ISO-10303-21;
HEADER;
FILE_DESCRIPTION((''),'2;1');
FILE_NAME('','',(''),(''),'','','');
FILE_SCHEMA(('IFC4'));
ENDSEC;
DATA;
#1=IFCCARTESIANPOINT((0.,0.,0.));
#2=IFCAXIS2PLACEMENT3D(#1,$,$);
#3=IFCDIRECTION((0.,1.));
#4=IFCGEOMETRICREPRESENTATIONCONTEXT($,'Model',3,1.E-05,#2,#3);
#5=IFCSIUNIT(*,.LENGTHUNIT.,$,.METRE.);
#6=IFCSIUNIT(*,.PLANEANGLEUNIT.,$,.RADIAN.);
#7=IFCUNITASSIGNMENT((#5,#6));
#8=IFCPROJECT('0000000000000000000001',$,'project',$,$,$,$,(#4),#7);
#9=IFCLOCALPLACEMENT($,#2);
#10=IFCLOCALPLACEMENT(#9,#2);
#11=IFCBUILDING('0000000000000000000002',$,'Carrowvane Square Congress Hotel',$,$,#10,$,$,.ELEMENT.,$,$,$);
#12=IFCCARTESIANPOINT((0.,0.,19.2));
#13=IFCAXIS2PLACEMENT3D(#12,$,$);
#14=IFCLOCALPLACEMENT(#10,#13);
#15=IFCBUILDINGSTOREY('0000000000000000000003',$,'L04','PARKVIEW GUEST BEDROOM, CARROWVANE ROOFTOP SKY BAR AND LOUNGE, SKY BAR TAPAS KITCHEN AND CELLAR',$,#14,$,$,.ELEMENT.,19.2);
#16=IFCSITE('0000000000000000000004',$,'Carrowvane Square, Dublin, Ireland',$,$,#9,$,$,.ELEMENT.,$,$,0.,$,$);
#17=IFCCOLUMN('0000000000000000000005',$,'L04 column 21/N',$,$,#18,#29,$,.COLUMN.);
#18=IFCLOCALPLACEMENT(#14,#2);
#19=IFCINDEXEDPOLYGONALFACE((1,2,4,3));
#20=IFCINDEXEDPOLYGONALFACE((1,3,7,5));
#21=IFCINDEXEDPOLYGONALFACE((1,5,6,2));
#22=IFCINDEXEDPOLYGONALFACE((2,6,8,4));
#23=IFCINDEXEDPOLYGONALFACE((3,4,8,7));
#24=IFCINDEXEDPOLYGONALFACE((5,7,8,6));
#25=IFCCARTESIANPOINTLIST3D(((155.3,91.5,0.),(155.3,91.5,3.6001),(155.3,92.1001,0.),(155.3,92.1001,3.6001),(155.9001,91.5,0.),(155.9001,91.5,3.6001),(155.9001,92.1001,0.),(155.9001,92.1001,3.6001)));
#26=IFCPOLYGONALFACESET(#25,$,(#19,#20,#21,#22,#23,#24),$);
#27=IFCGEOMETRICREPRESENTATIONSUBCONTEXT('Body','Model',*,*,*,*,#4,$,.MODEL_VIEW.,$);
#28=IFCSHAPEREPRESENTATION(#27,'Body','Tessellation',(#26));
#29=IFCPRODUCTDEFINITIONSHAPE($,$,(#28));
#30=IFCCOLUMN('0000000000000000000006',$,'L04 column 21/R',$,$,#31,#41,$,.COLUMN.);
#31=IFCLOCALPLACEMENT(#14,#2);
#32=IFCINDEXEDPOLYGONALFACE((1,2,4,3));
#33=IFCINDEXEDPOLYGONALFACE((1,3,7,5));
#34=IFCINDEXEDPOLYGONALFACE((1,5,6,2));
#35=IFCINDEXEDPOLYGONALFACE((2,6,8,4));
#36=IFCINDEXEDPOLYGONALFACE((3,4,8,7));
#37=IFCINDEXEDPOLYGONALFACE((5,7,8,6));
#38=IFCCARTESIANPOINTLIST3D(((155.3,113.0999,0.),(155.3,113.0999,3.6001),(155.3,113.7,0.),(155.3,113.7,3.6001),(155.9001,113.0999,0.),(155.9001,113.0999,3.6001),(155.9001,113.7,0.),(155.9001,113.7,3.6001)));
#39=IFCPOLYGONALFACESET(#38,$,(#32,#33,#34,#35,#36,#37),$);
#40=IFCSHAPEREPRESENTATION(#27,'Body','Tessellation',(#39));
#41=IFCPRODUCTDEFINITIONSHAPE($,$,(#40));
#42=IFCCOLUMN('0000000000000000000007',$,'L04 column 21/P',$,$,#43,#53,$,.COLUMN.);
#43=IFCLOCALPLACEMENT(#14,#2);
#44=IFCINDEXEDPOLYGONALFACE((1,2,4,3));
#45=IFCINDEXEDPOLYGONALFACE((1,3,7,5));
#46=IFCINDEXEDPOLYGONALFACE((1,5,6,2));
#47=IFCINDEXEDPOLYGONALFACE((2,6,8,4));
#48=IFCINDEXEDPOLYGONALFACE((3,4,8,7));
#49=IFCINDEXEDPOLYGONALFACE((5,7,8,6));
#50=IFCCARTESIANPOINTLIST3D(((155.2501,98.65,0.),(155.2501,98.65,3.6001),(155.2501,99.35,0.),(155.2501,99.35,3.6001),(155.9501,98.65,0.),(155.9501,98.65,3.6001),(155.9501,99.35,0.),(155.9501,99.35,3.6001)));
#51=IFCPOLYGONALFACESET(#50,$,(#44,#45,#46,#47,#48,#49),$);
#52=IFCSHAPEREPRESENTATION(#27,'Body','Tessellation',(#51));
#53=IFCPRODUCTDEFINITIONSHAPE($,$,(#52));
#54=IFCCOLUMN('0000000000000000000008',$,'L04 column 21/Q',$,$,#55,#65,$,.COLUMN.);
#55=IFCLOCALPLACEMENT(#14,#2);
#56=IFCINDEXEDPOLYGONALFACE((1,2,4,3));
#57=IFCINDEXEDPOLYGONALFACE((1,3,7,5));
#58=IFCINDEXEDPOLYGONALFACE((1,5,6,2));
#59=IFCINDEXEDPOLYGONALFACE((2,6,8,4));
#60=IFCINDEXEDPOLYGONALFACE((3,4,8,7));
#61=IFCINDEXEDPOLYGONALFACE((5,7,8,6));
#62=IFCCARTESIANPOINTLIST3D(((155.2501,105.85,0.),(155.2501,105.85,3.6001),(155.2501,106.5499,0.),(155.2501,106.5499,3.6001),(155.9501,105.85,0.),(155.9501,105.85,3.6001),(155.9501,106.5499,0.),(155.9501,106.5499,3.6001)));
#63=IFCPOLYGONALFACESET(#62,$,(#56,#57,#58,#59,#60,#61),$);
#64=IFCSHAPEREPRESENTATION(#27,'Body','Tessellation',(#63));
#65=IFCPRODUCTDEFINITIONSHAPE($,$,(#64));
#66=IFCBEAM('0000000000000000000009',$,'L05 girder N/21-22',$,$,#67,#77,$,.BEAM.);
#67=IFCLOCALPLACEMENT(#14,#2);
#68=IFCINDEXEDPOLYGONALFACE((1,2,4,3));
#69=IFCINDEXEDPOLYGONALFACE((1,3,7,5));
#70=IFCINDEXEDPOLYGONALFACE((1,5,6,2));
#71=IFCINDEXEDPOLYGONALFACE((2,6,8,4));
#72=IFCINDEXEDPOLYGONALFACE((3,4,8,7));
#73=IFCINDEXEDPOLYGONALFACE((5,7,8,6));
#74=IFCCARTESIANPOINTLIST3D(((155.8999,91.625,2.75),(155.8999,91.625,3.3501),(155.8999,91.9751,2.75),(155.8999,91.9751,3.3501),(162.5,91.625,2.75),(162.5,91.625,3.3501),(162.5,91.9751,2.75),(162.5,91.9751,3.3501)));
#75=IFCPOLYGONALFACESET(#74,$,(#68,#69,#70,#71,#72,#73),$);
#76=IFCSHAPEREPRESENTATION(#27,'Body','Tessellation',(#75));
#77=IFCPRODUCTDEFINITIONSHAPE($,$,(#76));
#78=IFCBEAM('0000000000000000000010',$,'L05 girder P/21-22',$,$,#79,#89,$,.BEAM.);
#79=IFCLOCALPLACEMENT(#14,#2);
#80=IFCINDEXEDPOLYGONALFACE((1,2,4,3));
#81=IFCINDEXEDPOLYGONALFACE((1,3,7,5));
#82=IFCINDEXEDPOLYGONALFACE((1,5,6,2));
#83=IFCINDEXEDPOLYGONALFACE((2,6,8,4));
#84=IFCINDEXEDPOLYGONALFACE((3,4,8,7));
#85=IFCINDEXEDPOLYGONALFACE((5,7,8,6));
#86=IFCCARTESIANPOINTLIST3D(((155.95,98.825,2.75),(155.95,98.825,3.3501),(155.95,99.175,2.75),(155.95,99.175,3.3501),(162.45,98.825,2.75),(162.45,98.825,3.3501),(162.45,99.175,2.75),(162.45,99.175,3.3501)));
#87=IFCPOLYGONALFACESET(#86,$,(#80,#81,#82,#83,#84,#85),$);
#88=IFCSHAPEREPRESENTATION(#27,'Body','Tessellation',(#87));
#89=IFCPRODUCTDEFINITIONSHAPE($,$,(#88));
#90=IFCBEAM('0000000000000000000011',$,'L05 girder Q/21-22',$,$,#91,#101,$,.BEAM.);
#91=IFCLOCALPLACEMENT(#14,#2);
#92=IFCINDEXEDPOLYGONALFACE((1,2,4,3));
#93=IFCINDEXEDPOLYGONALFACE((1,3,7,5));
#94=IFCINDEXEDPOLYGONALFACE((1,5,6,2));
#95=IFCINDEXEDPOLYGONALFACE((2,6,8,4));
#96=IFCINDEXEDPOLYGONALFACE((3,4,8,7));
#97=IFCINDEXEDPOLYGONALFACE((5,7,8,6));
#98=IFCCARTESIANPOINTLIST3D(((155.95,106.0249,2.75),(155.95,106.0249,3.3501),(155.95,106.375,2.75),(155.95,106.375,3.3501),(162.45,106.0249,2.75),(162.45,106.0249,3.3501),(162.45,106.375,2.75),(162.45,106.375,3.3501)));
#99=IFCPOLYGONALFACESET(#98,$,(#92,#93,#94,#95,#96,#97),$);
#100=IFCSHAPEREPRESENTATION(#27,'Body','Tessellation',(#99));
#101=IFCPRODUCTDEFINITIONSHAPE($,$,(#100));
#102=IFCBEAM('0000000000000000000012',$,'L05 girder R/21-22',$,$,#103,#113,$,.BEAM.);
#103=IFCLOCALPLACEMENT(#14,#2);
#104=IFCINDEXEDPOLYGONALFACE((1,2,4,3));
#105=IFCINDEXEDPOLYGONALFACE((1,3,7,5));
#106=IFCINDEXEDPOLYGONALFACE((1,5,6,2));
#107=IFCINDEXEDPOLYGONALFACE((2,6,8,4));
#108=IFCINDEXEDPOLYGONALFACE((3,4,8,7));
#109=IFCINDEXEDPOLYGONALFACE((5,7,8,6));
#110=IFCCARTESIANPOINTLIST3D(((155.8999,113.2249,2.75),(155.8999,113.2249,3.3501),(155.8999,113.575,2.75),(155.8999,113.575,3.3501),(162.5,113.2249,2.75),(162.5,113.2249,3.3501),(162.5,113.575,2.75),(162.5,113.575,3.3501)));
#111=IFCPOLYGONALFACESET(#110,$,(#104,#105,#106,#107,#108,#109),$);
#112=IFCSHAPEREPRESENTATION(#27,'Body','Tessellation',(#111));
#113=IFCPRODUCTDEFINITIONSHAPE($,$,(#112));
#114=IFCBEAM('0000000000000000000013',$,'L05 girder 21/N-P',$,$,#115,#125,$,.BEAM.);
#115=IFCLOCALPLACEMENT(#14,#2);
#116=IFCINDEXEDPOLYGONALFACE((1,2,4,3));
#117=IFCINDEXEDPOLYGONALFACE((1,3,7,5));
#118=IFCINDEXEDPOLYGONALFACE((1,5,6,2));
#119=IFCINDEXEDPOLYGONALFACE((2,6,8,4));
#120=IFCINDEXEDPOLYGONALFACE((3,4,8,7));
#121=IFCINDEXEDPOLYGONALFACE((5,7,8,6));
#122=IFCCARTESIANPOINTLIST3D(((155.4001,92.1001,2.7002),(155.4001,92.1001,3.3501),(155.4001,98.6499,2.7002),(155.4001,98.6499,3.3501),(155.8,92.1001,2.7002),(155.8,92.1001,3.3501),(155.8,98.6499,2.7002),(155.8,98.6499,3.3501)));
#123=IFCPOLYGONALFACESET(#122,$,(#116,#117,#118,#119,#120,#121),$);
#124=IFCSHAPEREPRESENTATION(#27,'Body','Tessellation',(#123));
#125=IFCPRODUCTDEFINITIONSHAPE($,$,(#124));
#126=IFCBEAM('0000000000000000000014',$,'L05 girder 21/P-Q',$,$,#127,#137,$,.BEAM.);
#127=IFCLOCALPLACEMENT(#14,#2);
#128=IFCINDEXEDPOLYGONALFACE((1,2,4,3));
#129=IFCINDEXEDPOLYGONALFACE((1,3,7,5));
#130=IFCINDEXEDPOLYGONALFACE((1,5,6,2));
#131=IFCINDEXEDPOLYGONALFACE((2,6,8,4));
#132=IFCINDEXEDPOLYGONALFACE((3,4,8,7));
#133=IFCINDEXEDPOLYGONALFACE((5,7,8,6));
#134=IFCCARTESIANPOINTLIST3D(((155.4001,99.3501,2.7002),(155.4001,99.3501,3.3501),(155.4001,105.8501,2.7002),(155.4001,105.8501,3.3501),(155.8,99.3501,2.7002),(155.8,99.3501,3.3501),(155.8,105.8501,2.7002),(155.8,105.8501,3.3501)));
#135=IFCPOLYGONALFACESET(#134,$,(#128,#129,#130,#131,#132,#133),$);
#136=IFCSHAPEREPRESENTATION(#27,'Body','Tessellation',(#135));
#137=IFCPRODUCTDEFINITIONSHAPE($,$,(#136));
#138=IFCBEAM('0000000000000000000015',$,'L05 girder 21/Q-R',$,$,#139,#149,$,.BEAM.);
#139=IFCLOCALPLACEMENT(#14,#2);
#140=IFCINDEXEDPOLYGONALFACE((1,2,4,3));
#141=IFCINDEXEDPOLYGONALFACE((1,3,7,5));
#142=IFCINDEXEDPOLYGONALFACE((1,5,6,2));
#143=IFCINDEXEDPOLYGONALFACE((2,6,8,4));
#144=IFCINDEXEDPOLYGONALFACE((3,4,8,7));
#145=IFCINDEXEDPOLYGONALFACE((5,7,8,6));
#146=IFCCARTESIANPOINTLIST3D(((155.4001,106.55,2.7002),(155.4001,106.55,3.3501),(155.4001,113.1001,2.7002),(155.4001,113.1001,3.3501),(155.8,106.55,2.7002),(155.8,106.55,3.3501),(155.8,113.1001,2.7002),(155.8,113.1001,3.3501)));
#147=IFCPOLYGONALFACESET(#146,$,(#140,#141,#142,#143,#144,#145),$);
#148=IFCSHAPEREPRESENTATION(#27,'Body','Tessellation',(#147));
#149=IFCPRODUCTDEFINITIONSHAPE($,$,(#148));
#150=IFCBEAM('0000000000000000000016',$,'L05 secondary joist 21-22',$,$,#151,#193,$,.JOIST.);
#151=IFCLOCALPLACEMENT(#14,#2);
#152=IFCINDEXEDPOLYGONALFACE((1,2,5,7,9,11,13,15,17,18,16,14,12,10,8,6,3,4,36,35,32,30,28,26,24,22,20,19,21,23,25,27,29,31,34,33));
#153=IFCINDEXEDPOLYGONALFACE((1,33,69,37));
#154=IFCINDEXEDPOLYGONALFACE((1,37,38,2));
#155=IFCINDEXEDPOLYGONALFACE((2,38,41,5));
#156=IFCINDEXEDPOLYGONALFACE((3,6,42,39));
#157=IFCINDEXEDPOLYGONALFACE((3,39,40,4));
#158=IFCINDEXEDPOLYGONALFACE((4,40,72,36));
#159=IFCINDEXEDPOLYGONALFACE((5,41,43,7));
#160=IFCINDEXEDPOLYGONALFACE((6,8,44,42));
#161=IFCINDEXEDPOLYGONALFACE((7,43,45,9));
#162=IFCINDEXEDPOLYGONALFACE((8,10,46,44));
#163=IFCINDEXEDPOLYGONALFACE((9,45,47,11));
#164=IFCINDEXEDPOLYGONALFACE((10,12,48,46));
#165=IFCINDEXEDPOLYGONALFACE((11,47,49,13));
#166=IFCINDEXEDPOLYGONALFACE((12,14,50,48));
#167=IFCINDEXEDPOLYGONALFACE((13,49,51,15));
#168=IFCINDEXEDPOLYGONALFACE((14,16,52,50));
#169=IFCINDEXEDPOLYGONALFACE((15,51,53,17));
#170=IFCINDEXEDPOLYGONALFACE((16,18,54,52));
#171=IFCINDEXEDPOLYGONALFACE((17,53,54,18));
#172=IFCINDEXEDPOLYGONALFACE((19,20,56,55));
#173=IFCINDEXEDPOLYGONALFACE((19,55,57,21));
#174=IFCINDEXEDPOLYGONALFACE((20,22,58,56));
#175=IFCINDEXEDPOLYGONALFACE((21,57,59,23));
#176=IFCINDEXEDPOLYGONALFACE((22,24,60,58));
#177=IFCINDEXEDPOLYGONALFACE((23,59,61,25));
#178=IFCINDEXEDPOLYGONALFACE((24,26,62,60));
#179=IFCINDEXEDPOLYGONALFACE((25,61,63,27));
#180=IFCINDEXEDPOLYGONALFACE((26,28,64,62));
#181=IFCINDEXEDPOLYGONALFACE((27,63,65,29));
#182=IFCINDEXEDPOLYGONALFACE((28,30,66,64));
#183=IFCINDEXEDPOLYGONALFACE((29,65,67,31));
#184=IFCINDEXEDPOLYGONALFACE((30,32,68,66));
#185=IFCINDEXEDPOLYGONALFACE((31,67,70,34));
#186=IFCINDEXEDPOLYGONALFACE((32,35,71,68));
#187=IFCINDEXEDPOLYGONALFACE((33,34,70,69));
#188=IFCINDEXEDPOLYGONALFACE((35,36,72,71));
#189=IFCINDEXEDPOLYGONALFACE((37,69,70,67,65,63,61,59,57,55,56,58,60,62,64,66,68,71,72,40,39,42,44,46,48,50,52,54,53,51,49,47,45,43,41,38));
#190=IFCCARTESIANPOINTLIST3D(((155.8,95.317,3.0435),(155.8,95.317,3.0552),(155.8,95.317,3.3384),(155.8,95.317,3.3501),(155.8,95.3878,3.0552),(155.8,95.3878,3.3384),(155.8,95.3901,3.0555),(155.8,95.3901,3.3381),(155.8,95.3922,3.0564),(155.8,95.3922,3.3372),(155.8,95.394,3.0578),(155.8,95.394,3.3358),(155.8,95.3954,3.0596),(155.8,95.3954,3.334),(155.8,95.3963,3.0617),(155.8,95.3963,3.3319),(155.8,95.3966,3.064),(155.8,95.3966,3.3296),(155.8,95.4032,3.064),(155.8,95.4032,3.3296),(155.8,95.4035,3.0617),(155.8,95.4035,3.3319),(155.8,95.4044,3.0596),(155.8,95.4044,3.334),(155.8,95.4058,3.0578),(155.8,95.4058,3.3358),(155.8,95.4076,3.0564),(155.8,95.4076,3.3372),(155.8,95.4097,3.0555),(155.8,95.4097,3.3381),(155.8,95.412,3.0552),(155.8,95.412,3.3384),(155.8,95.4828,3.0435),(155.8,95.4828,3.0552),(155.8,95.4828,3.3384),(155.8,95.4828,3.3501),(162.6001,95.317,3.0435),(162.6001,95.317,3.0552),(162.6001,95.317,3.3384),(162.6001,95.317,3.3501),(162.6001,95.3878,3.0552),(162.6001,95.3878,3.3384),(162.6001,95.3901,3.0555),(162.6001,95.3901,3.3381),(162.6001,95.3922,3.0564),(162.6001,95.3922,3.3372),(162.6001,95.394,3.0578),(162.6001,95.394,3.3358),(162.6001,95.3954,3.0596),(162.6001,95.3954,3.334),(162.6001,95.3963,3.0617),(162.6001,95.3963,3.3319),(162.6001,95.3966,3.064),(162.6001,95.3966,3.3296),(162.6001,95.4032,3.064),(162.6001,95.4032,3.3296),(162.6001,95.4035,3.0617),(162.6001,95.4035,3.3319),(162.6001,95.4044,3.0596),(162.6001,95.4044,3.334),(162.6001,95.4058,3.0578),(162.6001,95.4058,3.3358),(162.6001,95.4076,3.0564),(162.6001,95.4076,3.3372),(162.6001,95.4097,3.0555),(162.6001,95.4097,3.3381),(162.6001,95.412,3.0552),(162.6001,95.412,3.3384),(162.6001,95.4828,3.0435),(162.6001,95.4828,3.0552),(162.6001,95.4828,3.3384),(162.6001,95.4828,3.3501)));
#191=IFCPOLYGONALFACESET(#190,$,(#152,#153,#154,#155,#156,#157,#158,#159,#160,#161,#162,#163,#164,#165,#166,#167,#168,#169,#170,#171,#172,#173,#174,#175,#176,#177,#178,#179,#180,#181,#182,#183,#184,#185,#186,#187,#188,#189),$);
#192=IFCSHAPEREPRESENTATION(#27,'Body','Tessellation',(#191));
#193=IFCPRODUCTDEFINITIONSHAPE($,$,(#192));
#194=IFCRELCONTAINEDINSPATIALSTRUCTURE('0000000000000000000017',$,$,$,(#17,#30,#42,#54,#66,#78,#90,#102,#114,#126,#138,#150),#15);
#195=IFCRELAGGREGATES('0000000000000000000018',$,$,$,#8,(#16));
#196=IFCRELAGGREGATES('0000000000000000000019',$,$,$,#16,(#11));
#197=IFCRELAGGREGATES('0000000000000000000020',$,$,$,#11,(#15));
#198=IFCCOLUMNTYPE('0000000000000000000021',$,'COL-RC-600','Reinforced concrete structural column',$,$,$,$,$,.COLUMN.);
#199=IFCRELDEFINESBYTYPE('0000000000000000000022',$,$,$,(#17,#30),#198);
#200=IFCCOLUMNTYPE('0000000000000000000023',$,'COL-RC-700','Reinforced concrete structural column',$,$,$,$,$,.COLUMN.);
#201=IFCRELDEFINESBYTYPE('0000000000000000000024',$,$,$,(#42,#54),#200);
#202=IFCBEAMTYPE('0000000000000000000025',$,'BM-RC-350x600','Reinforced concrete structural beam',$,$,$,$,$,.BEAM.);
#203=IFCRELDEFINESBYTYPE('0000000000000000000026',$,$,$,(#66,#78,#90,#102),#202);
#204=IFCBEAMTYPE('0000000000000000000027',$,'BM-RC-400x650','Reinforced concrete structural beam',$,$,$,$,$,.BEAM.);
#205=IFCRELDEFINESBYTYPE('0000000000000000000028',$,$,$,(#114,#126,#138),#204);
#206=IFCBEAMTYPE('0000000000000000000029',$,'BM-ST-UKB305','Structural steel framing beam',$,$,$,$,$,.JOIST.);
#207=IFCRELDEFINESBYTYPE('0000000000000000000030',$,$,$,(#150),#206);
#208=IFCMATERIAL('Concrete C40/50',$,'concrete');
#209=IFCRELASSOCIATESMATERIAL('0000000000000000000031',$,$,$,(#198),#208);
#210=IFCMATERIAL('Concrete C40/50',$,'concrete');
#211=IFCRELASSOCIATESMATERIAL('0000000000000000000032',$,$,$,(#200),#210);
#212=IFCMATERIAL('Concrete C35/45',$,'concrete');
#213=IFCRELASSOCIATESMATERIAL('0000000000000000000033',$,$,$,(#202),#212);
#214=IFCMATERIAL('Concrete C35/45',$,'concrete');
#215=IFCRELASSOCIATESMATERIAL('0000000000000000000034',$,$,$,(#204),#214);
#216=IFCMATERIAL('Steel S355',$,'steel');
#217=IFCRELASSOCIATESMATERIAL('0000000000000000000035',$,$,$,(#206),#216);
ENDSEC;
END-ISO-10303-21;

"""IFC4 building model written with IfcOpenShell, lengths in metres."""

from ifc_helpers import new_model, si_unit, direction, frame, origin, origin_2d, place, context, subcontext, project, spatial, rectangle, i_section, extrude, material, material_profile, profile_set, type_object, element, save


model = new_model("IFC4")

# Units and contexts
model_context = context("Model", 3, precision=1e-05, world=origin(), true_north=direction((0.0, 1.0)))
body_context = subcontext(model_context, "Body", "Model", "MODEL_VIEW")
ifc_project = project(units=[si_unit("LENGTHUNIT", "METRE"), si_unit("PLANEANGLEUNIT", "RADIAN")], contexts=[model_context])

# Site, building, storey
site_placement = place(None, origin())
site = spatial("IfcSite", under=ifc_project, at=site_placement, Name="Carrowvane Square, Dublin, Ireland", CompositionType="ELEMENT", RefElevation=0.0)
building_placement = place(site_placement, origin())
building = spatial("IfcBuilding", under=site, at=building_placement, Name="Carrowvane Square Congress Hotel", CompositionType="ELEMENT")
storey_placement = place(building_placement, frame((0.0, 0.0, 19.2)))
storey = spatial("IfcBuildingStorey", under=building, at=storey_placement, Name="L04", Description="PARKVIEW GUEST BEDROOM, CARROWVANE ROOFTOP SKY BAR AND LOUNGE, SKY BAR TAPAS KITCHEN AND CELLAR", CompositionType="ELEMENT", Elevation=19.2)

# Columns
ifc_material_1 = material(Name="Concrete C40/50", Category="concrete")
ifc_material_profile_1 = material_profile(ifc_material_1, rectangle(XDim=0.6001, YDim=0.6001, at=origin_2d()), Name="RC 600x600")
ifc_profile_set_1 = profile_set([ifc_material_profile_1], Name="Concrete C40/50")
column_type_1 = type_object("IfcColumnType", Name="COL-RC-600", Description="Reinforced concrete structural column", PredefinedType="COLUMN", material=ifc_profile_set_1)
for number, where, z_axis, x_axis, name in (
    (1, (155.6001, 91.8, 0.0), (0.0, 0.0, 1.0), (1.0, 0.0, 0.0), "L04 column 21/N"),
    (2, (155.6001, 113.3999, 0.0), (0.0, 0.0, 1.0), (1.0, 0.0, 0.0), "L04 column 21/R"),
):
    element("IfcColumn", number, at=place(storey_placement, frame(where, z_axis=z_axis, x_axis=x_axis)), inside=storey, type_object=column_type_1, Name=name, PredefinedType="COLUMN", context=body_context, shape_type="SweptSolid", body=[
        extrude(rectangle(XDim=0.6001, YDim=0.6001, at=origin_2d()), origin(), (0.0, 0.0, 1.0), 3.6001),
    ])
ifc_material_2 = material(Name="Concrete C40/50", Category="concrete")
ifc_material_profile_2 = material_profile(ifc_material_2, rectangle(XDim=0.7, YDim=0.7, at=origin_2d()), Name="RC 700x700")
ifc_profile_set_2 = profile_set([ifc_material_profile_2], Name="Concrete C40/50")
column_type_2 = type_object("IfcColumnType", Name="COL-RC-700", Description="Reinforced concrete structural column", PredefinedType="COLUMN", material=ifc_profile_set_2)
for number, where, z_axis, x_axis, name in (
    (3, (155.6001, 99.0, 0.0), (0.0, 0.0, 1.0), (1.0, 0.0, 0.0), "L04 column 21/P"),
    (4, (155.6001, 106.2, 0.0), (0.0, 0.0, 1.0), (1.0, 0.0, 0.0), "L04 column 21/Q"),
):
    element("IfcColumn", number, at=place(storey_placement, frame(where, z_axis=z_axis, x_axis=x_axis)), inside=storey, type_object=column_type_2, Name=name, PredefinedType="COLUMN", context=body_context, shape_type="SweptSolid", body=[
        extrude(rectangle(XDim=0.7, YDim=0.7, at=origin_2d()), origin(), (0.0, 0.0, 1.0), 3.6001),
    ])

# Beams
ifc_material_3 = material(Name="Concrete C35/45", Category="concrete")
ifc_material_profile_3 = material_profile(ifc_material_3, rectangle(XDim=0.3501, YDim=0.6001, at=origin_2d()), Name="RC 350x600")
ifc_profile_set_3 = profile_set([ifc_material_profile_3], Name="Concrete C35/45")
beam_type_1 = type_object("IfcBeamType", Name="BM-RC-350x600", Description="Reinforced concrete structural beam", PredefinedType="BEAM", material=ifc_profile_set_3)
beam_1_placement = place(storey_placement, frame((155.8999, 91.8, 3.05), z_axis=(1.0, 0.0, 0.0), x_axis=(0.0, 1.0, 0.0)))
element("IfcBeam", 5, at=beam_1_placement, inside=storey, type_object=beam_type_1, Name="L05 girder N/21-22", PredefinedType="BEAM", context=body_context, shape_type="SweptSolid", body=[
    extrude(rectangle(XDim=0.3501, YDim=0.6001, at=origin_2d()), origin(), (0.0, 0.0, 1.0), 6.6001),
])
for number, where, z_axis, x_axis, name in (
    (6, (155.95, 99.0, 3.05), (1.0, 0.0, 0.0), (0.0, 1.0, 0.0), "L05 girder P/21-22"),
    (7, (155.95, 106.2, 3.05), (1.0, 0.0, 0.0), (0.0, 1.0, 0.0), "L05 girder Q/21-22"),
):
    element("IfcBeam", number, at=place(storey_placement, frame(where, z_axis=z_axis, x_axis=x_axis)), inside=storey, type_object=beam_type_1, Name=name, PredefinedType="BEAM", context=body_context, shape_type="SweptSolid", body=[
        extrude(rectangle(XDim=0.3501, YDim=0.6001, at=origin_2d()), origin(), (0.0, 0.0, 1.0), 6.5),
    ])
beam_2_placement = place(storey_placement, frame((155.8999, 113.3999, 3.05), z_axis=(1.0, 0.0, 0.0), x_axis=(0.0, 1.0, 0.0)))
element("IfcBeam", 8, at=beam_2_placement, inside=storey, type_object=beam_type_1, Name="L05 girder R/21-22", PredefinedType="BEAM", context=body_context, shape_type="SweptSolid", body=[
    extrude(rectangle(XDim=0.3501, YDim=0.6001, at=origin_2d()), origin(), (0.0, 0.0, 1.0), 6.6001),
])
ifc_material_4 = material(Name="Concrete C35/45", Category="concrete")
ifc_material_profile_4 = material_profile(ifc_material_4, rectangle(XDim=0.3999, YDim=0.6499, at=origin_2d()), Name="RC 400x650")
ifc_profile_set_4 = profile_set([ifc_material_profile_4], Name="Concrete C35/45")
beam_type_2 = type_object("IfcBeamType", Name="BM-RC-400x650", Description="Reinforced concrete structural beam", PredefinedType="BEAM", material=ifc_profile_set_4)
beam_3_placement = place(storey_placement, frame((155.6001, 92.1001, 3.0251), z_axis=(0.0, 1.0, 0.0), x_axis=(-1.0, 0.0, 0.0)))
element("IfcBeam", 9, at=beam_3_placement, inside=storey, type_object=beam_type_2, Name="L05 girder 21/N-P", PredefinedType="BEAM", context=body_context, shape_type="SweptSolid", body=[
    extrude(rectangle(XDim=0.3999, YDim=0.6499, at=origin_2d()), origin(), (0.0, 0.0, 1.0), 6.5498),
])
beam_4_placement = place(storey_placement, frame((155.6001, 99.3501, 3.0251), z_axis=(0.0, 1.0, 0.0), x_axis=(-1.0, 0.0, 0.0)))
element("IfcBeam", 10, at=beam_4_placement, inside=storey, type_object=beam_type_2, Name="L05 girder 21/P-Q", PredefinedType="BEAM", context=body_context, shape_type="SweptSolid", body=[
    extrude(rectangle(XDim=0.3999, YDim=0.6499, at=origin_2d()), origin(), (0.0, 0.0, 1.0), 6.5),
])
beam_5_placement = place(storey_placement, frame((155.6001, 106.55, 3.0251), z_axis=(0.0, 1.0, 0.0), x_axis=(-1.0, 0.0, 0.0)))
element("IfcBeam", 11, at=beam_5_placement, inside=storey, type_object=beam_type_2, Name="L05 girder 21/Q-R", PredefinedType="BEAM", context=body_context, shape_type="SweptSolid", body=[
    extrude(rectangle(XDim=0.3999, YDim=0.6499, at=origin_2d()), origin(), (0.0, 0.0, 1.0), 6.55),
])
ifc_material_5 = material(Name="Steel S355", Category="steel")
ifc_material_profile_5 = material_profile(ifc_material_5, i_section(OverallWidth=0.1658, OverallDepth=0.3066, WebThickness=0.0066, FlangeThickness=0.0117, FilletRadius=0.0088, at=origin_2d()), Name="UKB 305x165x46")
ifc_profile_set_5 = profile_set([ifc_material_profile_5], Name="Steel S355")
beam_type_3 = type_object("IfcBeamType", Name="BM-ST-UKB305", Description="Structural steel framing beam", PredefinedType="JOIST", material=ifc_profile_set_5)
for number, where, z_axis, x_axis, name in (
    (12, (155.8, 95.3999, 3.1968), (1.0, 0.0, 0.0), (0.0, 1.0, 0.0), "L05 secondary joist 21-22"),
):
    element("IfcBeam", number, at=place(storey_placement, frame(where, z_axis=z_axis, x_axis=x_axis)), inside=storey, type_object=beam_type_3, Name=name, PredefinedType="JOIST", context=body_context, shape_type="SweptSolid", body=[
        extrude(i_section(OverallWidth=0.1658, OverallDepth=0.3066, WebThickness=0.0066, FlangeThickness=0.0117, FilletRadius=0.0088, at=origin_2d()), origin(), (0.0, 0.0, 1.0), 6.8),
    ])

save(model, "model.ifc")
